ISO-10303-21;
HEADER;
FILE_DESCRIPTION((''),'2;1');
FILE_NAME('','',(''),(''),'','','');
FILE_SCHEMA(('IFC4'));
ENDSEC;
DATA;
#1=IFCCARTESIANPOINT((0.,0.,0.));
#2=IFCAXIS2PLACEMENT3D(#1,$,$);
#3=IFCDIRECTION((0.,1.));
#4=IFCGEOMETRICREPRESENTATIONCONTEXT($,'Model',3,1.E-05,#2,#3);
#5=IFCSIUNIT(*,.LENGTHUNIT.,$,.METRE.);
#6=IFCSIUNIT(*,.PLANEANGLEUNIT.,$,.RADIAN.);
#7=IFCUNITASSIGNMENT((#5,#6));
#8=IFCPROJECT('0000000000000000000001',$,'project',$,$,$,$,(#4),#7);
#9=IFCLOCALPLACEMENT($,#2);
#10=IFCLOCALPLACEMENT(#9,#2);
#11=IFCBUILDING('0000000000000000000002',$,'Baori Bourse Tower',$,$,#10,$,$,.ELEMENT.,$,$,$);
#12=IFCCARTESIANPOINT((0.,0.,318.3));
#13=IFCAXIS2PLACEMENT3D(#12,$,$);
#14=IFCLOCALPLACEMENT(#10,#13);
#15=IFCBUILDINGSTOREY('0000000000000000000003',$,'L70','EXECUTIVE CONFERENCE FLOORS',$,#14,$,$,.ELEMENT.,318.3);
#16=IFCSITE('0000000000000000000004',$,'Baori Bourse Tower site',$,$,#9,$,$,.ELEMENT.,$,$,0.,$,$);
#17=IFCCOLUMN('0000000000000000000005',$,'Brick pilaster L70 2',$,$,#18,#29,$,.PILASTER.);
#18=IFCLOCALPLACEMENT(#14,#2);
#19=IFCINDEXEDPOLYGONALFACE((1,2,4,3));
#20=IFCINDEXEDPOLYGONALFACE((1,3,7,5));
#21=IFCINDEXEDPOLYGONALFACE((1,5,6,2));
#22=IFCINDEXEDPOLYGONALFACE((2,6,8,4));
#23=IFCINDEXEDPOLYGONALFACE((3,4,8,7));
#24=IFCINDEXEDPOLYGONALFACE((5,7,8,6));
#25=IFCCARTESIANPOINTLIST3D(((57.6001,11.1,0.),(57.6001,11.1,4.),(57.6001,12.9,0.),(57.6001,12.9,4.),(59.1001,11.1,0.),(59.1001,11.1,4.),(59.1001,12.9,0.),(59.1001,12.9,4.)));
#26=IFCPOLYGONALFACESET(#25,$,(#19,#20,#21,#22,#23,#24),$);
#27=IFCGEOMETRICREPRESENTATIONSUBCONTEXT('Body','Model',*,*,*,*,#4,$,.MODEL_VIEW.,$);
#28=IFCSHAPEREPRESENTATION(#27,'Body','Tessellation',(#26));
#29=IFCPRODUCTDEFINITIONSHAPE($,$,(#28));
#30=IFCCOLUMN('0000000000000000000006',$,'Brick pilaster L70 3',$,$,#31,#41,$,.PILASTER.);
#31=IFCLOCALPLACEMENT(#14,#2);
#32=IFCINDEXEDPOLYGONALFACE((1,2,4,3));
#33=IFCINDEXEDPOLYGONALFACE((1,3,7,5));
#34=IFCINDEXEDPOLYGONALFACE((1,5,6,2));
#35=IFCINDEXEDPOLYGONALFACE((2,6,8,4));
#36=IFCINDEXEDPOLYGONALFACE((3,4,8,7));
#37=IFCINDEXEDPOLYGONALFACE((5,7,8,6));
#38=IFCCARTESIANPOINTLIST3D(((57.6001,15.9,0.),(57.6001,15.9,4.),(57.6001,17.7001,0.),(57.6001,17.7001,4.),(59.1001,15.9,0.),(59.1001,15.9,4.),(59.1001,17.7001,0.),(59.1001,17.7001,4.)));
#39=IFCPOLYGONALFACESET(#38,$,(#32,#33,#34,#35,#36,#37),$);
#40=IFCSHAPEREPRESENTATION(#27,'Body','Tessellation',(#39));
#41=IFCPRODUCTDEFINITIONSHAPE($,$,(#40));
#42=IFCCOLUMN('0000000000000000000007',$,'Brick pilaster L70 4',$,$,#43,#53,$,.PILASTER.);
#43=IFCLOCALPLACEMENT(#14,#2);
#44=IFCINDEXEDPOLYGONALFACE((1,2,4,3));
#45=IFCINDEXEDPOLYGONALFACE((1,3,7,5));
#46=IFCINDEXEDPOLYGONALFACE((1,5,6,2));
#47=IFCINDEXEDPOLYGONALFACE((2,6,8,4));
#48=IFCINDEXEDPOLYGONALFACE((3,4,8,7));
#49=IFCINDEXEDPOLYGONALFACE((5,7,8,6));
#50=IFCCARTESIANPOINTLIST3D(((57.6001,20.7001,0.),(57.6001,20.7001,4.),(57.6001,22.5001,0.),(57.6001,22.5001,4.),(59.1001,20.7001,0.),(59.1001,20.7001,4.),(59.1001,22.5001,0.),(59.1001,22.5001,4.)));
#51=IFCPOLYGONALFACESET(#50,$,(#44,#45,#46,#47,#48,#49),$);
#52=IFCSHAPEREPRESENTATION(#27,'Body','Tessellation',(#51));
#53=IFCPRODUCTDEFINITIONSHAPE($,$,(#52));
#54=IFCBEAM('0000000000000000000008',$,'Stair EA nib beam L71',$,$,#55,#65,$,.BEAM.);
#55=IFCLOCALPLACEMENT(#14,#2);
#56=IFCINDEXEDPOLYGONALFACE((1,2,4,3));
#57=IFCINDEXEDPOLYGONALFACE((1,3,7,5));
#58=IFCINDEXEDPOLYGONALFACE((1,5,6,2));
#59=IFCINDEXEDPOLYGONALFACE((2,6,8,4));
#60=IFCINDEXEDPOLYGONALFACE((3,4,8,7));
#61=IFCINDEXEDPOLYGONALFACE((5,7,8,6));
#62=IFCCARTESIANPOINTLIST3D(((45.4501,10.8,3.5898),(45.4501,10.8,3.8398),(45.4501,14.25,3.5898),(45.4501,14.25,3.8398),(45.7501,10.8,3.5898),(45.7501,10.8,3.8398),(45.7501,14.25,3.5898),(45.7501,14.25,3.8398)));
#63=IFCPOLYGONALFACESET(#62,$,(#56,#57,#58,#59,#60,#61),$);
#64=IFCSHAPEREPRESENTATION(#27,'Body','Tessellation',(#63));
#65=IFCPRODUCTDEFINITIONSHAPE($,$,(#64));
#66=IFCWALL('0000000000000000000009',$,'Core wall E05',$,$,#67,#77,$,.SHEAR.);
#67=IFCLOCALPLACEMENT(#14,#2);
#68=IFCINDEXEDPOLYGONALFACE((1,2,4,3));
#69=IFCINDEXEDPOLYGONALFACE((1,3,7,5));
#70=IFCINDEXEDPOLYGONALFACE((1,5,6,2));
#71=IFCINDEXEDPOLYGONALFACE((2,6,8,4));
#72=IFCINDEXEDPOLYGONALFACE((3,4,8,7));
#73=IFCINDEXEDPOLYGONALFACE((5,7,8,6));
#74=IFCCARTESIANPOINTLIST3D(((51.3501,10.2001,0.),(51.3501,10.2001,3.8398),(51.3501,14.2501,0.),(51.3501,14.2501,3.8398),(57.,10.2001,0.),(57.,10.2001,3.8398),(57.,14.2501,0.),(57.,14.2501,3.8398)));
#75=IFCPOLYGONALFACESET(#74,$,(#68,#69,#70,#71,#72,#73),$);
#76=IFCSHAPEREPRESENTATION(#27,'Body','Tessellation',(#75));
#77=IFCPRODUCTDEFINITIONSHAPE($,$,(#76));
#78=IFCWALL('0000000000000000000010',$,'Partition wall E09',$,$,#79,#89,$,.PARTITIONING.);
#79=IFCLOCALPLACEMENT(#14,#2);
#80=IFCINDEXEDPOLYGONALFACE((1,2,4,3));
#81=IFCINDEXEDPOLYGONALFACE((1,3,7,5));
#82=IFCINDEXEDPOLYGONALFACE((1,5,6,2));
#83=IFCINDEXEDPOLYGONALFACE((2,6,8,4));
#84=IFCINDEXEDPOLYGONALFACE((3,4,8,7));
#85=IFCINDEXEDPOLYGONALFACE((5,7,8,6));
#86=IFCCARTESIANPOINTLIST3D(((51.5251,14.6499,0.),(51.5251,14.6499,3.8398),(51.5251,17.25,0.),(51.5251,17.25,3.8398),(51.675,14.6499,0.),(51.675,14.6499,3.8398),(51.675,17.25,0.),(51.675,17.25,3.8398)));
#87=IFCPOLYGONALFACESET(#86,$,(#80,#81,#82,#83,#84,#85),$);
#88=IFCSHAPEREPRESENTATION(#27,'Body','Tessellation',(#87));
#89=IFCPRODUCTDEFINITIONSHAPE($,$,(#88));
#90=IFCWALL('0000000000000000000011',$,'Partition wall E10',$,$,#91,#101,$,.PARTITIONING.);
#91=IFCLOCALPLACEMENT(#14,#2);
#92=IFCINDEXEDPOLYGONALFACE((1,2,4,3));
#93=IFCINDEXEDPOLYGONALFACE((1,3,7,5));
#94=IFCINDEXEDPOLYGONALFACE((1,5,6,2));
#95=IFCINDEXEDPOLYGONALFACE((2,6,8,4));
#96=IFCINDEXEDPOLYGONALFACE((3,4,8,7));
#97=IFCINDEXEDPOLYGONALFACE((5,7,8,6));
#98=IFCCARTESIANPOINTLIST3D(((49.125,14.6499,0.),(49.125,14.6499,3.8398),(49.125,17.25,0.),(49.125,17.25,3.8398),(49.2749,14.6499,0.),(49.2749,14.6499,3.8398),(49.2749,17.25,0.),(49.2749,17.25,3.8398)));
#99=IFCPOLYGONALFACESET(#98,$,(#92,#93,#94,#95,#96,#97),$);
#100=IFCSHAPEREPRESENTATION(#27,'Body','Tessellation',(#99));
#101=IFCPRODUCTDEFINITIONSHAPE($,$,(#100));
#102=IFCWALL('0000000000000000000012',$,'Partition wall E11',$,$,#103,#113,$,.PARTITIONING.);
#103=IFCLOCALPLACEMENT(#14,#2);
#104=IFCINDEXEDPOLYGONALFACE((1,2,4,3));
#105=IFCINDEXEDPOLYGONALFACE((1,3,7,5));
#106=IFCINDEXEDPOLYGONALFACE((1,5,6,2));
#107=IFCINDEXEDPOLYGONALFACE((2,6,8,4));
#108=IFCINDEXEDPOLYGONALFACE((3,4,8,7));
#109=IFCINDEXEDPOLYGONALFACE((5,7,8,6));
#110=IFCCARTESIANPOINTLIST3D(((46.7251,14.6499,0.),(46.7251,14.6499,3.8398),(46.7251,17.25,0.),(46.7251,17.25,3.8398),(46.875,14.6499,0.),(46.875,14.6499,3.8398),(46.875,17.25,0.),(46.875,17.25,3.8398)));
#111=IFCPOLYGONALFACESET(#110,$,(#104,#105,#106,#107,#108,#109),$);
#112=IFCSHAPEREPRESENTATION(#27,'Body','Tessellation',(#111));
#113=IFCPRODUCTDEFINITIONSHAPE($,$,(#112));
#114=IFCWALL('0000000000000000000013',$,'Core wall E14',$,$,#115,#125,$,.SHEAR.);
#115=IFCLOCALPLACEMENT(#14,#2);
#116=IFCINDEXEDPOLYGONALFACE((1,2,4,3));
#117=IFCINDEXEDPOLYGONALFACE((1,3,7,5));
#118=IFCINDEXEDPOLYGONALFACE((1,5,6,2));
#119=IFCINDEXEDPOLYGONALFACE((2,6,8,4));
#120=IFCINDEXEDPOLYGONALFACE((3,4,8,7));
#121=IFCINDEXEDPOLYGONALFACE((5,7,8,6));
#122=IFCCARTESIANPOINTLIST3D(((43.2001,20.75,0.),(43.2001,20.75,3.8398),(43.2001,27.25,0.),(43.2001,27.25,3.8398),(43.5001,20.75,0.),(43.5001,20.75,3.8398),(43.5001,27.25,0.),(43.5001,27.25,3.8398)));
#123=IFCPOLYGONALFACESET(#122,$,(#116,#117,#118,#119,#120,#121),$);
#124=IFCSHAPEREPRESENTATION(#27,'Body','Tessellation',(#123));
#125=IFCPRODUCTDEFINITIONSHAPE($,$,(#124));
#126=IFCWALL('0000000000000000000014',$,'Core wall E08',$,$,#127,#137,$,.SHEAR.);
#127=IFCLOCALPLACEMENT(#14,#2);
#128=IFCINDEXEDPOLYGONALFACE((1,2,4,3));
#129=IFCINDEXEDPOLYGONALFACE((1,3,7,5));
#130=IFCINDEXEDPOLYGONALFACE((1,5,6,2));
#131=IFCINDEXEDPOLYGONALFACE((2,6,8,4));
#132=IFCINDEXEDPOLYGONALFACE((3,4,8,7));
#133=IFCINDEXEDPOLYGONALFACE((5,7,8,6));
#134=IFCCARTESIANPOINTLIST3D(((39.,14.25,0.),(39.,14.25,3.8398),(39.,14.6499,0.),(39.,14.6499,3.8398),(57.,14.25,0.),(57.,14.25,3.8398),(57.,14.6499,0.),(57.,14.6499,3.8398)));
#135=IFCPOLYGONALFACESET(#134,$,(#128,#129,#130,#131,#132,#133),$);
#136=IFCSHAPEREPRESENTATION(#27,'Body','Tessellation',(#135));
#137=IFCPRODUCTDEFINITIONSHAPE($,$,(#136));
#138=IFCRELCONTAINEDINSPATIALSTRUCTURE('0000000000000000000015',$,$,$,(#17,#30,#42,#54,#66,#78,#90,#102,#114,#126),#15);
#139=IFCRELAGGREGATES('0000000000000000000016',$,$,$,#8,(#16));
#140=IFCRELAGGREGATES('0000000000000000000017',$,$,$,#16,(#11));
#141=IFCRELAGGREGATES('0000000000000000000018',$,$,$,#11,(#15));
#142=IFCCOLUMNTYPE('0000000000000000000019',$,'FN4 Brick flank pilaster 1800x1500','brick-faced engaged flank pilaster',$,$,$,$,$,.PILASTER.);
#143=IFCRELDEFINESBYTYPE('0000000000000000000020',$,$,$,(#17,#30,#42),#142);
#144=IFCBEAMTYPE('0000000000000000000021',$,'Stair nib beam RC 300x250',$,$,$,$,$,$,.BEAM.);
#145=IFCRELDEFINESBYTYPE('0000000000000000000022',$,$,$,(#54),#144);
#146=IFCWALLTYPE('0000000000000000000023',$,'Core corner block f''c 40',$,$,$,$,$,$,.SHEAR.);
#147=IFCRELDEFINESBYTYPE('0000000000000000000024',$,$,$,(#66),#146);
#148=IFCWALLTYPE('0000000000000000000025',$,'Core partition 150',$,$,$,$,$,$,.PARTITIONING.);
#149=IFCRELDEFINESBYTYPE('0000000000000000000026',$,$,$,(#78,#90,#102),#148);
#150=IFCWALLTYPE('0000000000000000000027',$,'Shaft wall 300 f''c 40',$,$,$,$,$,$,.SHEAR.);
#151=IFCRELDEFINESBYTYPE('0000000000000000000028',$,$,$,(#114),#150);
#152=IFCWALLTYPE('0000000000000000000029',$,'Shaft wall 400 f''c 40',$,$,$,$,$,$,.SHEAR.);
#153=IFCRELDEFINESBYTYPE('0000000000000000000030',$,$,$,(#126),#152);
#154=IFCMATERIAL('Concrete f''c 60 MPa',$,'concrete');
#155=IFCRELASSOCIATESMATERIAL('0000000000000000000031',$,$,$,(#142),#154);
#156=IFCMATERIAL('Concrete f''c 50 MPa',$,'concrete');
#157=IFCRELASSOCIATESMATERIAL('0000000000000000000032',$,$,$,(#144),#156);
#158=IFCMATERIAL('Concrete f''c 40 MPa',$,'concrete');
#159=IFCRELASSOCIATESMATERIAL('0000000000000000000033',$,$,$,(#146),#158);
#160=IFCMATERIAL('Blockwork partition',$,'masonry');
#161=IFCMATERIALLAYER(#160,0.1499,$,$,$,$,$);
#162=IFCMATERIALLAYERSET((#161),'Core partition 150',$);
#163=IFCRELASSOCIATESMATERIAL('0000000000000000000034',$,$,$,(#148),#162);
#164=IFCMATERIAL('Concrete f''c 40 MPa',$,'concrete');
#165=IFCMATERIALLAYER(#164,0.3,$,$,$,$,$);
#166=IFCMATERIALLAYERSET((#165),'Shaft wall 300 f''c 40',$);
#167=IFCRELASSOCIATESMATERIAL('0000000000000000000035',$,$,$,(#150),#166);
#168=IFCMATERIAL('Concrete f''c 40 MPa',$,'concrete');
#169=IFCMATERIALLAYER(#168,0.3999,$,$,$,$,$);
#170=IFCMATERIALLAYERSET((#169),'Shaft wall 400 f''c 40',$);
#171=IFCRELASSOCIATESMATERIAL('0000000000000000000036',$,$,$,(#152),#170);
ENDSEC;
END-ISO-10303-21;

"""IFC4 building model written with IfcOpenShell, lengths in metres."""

from ifc_helpers import new_model, si_unit, direction, frame, frame_2d, origin, origin_2d, place, context, subcontext, project, spatial, rectangle, extrude, material, layer, layer_set, material_profile, profile_set, type_object, element, save


model = new_model("IFC4")

# Units and contexts
model_context = context("Model", 3, precision=1e-05, world=origin(), true_north=direction((0.0, 1.0)))
body_context = subcontext(model_context, "Body", "Model", "MODEL_VIEW")
ifc_project = project(units=[si_unit("LENGTHUNIT", "METRE"), si_unit("PLANEANGLEUNIT", "RADIAN")], contexts=[model_context])

# Site, building, storey
site_placement = place(None, origin())
site = spatial("IfcSite", under=ifc_project, at=site_placement, Name="Baori Bourse Tower site", CompositionType="ELEMENT", RefElevation=0.0)
building_placement = place(site_placement, origin())
building = spatial("IfcBuilding", under=site, at=building_placement, Name="Baori Bourse Tower", CompositionType="ELEMENT")
storey_placement = place(building_placement, frame((0.0, 0.0, 318.3)))
storey = spatial("IfcBuildingStorey", under=building, at=storey_placement, Name="L70", Description="EXECUTIVE CONFERENCE FLOORS", CompositionType="ELEMENT", Elevation=318.3)

# Columns
ifc_material_1 = material(Name="Concrete f'c 60 MPa", Category="concrete")
ifc_material_profile_1 = material_profile(ifc_material_1, rectangle(XDim=1.8, YDim=1.5, at=origin_2d()), Name="RC 1800x1500")
ifc_profile_set_1 = profile_set([ifc_material_profile_1], Name="Concrete f'c 60 MPa")
column_type = type_object("IfcColumnType", Name="FN4 Brick flank pilaster 1800x1500", Description="brick-faced engaged flank pilaster", PredefinedType="PILASTER", material=ifc_profile_set_1)
for number, where, z_axis, x_axis, name in (
    (1, (58.3501, 12.0, 0.0), (0.0, 0.0, 1.0), (0.0, 1.0, 0.0), "Brick pilaster L70 2"),
    (2, (58.3501, 16.8, 0.0), (0.0, 0.0, 1.0), (0.0, 1.0, 0.0), "Brick pilaster L70 3"),
    (3, (58.3501, 21.6001, 0.0), (0.0, 0.0, 1.0), (0.0, 1.0, 0.0), "Brick pilaster L70 4"),
):
    element("IfcColumn", number, at=place(storey_placement, frame(where, z_axis=z_axis, x_axis=x_axis)), inside=storey, type_object=column_type, Name=name, PredefinedType="PILASTER", context=body_context, shape_type="SweptSolid", body=[
        extrude(rectangle(XDim=1.8, YDim=1.5, at=origin_2d()), origin(), (0.0, 0.0, 1.0), 4.0),
    ])

# Beam
ifc_material_2 = material(Name="Concrete f'c 50 MPa", Category="concrete")
ifc_material_profile_2 = material_profile(ifc_material_2, rectangle(XDim=0.3, YDim=0.25, at=origin_2d()), Name="RC 300x250")
ifc_profile_set_2 = profile_set([ifc_material_profile_2], Name="Concrete f'c 50 MPa")
beam_type = type_object("IfcBeamType", Name="Stair nib beam RC 300x250", PredefinedType="BEAM", material=ifc_profile_set_2)
beam_placement = place(storey_placement, frame((45.6001, 10.8, 3.7148), z_axis=(0.0, 1.0, 0.0), x_axis=(-1.0, 0.0, 0.0)))
element("IfcBeam", 4, at=beam_placement, inside=storey, type_object=beam_type, Name="Stair EA nib beam L71", PredefinedType="BEAM", context=body_context, shape_type="SweptSolid", body=[
    extrude(rectangle(XDim=0.3, YDim=0.25, at=origin_2d()), origin(), (0.0, 0.0, 1.0), 3.45),
])

# Walls
ifc_material_3 = material(Name="Concrete f'c 40 MPa", Category="concrete")
wall_type_1 = type_object("IfcWallType", Name="Core corner block f'c 40", PredefinedType="SHEAR", material=ifc_material_3)
wall_1_placement = place(storey_placement, frame((51.3501, 12.2251, 0.0), z_axis=(0.0, 0.0, 1.0), x_axis=(1.0, 0.0, 0.0)))
element("IfcWall", 5, at=wall_1_placement, inside=storey, type_object=wall_type_1, Name="Core wall E05", PredefinedType="SHEAR", context=body_context, shape_type="SweptSolid", body=[
    extrude(rectangle(XDim=5.6499, YDim=4.05, at=frame_2d((2.825, 0.0))), origin(), (0.0, 0.0, 1.0), 3.8398),
])
ifc_material_4 = material(Name="Blockwork partition", Category="masonry")
ifc_layer_1 = layer(ifc_material_4, 0.1499)
ifc_layer_set_1 = layer_set([ifc_layer_1], Name="Core partition 150")
wall_type_2 = type_object("IfcWallType", Name="Core partition 150", PredefinedType="PARTITIONING", material=ifc_layer_set_1)
for number, where, z_axis, x_axis, name in (
    (6, (51.6001, 14.6499, 0.0), (0.0, 0.0, 1.0), (0.0, 1.0, 0.0), "Partition wall E09"),
    (7, (49.2, 14.6499, 0.0), (0.0, 0.0, 1.0), (0.0, 1.0, 0.0), "Partition wall E10"),
    (8, (46.8, 14.6499, 0.0), (0.0, 0.0, 1.0), (0.0, 1.0, 0.0), "Partition wall E11"),
):
    element("IfcWall", number, at=place(storey_placement, frame(where, z_axis=z_axis, x_axis=x_axis)), inside=storey, type_object=wall_type_2, Name=name, PredefinedType="PARTITIONING", context=body_context, shape_type="SweptSolid", body=[
        extrude(rectangle(XDim=2.6001, YDim=0.1499, at=frame_2d((1.3, 0.0))), origin(), (0.0, 0.0, 1.0), 3.8398),
    ])
ifc_material_5 = material(Name="Concrete f'c 40 MPa", Category="concrete")
ifc_layer_2 = layer(ifc_material_5, 0.3)
ifc_layer_set_2 = layer_set([ifc_layer_2], Name="Shaft wall 300 f'c 40")
wall_type_3 = type_object("IfcWallType", Name="Shaft wall 300 f'c 40", PredefinedType="SHEAR", material=ifc_layer_set_2)
wall_2_placement = place(storey_placement, frame((43.3501, 20.75, 0.0), z_axis=(0.0, 0.0, 1.0), x_axis=(0.0, 1.0, 0.0)))
element("IfcWall", 9, at=wall_2_placement, inside=storey, type_object=wall_type_3, Name="Core wall E14", PredefinedType="SHEAR", context=body_context, shape_type="SweptSolid", body=[
    extrude(rectangle(XDim=6.5, YDim=0.3, at=frame_2d((3.25, 0.0))), origin(), (0.0, 0.0, 1.0), 3.8398),
])
ifc_material_6 = material(Name="Concrete f'c 40 MPa", Category="concrete")
ifc_layer_3 = layer(ifc_material_6, 0.3999)
ifc_layer_set_3 = layer_set([ifc_layer_3], Name="Shaft wall 400 f'c 40")
wall_type_4 = type_object("IfcWallType", Name="Shaft wall 400 f'c 40", PredefinedType="SHEAR", material=ifc_layer_set_3)
wall_3_placement = place(storey_placement, frame((39.0, 14.45, 0.0), z_axis=(0.0, 0.0, 1.0), x_axis=(1.0, 0.0, 0.0)))
element("IfcWall", 10, at=wall_3_placement, inside=storey, type_object=wall_type_4, Name="Core wall E08", PredefinedType="SHEAR", context=body_context, shape_type="SweptSolid", body=[
    extrude(rectangle(XDim=18.0, YDim=0.3999, at=frame_2d((9.0, 0.0))), origin(), (0.0, 0.0, 1.0), 3.8398),
])

save(model, "model.ifc")
